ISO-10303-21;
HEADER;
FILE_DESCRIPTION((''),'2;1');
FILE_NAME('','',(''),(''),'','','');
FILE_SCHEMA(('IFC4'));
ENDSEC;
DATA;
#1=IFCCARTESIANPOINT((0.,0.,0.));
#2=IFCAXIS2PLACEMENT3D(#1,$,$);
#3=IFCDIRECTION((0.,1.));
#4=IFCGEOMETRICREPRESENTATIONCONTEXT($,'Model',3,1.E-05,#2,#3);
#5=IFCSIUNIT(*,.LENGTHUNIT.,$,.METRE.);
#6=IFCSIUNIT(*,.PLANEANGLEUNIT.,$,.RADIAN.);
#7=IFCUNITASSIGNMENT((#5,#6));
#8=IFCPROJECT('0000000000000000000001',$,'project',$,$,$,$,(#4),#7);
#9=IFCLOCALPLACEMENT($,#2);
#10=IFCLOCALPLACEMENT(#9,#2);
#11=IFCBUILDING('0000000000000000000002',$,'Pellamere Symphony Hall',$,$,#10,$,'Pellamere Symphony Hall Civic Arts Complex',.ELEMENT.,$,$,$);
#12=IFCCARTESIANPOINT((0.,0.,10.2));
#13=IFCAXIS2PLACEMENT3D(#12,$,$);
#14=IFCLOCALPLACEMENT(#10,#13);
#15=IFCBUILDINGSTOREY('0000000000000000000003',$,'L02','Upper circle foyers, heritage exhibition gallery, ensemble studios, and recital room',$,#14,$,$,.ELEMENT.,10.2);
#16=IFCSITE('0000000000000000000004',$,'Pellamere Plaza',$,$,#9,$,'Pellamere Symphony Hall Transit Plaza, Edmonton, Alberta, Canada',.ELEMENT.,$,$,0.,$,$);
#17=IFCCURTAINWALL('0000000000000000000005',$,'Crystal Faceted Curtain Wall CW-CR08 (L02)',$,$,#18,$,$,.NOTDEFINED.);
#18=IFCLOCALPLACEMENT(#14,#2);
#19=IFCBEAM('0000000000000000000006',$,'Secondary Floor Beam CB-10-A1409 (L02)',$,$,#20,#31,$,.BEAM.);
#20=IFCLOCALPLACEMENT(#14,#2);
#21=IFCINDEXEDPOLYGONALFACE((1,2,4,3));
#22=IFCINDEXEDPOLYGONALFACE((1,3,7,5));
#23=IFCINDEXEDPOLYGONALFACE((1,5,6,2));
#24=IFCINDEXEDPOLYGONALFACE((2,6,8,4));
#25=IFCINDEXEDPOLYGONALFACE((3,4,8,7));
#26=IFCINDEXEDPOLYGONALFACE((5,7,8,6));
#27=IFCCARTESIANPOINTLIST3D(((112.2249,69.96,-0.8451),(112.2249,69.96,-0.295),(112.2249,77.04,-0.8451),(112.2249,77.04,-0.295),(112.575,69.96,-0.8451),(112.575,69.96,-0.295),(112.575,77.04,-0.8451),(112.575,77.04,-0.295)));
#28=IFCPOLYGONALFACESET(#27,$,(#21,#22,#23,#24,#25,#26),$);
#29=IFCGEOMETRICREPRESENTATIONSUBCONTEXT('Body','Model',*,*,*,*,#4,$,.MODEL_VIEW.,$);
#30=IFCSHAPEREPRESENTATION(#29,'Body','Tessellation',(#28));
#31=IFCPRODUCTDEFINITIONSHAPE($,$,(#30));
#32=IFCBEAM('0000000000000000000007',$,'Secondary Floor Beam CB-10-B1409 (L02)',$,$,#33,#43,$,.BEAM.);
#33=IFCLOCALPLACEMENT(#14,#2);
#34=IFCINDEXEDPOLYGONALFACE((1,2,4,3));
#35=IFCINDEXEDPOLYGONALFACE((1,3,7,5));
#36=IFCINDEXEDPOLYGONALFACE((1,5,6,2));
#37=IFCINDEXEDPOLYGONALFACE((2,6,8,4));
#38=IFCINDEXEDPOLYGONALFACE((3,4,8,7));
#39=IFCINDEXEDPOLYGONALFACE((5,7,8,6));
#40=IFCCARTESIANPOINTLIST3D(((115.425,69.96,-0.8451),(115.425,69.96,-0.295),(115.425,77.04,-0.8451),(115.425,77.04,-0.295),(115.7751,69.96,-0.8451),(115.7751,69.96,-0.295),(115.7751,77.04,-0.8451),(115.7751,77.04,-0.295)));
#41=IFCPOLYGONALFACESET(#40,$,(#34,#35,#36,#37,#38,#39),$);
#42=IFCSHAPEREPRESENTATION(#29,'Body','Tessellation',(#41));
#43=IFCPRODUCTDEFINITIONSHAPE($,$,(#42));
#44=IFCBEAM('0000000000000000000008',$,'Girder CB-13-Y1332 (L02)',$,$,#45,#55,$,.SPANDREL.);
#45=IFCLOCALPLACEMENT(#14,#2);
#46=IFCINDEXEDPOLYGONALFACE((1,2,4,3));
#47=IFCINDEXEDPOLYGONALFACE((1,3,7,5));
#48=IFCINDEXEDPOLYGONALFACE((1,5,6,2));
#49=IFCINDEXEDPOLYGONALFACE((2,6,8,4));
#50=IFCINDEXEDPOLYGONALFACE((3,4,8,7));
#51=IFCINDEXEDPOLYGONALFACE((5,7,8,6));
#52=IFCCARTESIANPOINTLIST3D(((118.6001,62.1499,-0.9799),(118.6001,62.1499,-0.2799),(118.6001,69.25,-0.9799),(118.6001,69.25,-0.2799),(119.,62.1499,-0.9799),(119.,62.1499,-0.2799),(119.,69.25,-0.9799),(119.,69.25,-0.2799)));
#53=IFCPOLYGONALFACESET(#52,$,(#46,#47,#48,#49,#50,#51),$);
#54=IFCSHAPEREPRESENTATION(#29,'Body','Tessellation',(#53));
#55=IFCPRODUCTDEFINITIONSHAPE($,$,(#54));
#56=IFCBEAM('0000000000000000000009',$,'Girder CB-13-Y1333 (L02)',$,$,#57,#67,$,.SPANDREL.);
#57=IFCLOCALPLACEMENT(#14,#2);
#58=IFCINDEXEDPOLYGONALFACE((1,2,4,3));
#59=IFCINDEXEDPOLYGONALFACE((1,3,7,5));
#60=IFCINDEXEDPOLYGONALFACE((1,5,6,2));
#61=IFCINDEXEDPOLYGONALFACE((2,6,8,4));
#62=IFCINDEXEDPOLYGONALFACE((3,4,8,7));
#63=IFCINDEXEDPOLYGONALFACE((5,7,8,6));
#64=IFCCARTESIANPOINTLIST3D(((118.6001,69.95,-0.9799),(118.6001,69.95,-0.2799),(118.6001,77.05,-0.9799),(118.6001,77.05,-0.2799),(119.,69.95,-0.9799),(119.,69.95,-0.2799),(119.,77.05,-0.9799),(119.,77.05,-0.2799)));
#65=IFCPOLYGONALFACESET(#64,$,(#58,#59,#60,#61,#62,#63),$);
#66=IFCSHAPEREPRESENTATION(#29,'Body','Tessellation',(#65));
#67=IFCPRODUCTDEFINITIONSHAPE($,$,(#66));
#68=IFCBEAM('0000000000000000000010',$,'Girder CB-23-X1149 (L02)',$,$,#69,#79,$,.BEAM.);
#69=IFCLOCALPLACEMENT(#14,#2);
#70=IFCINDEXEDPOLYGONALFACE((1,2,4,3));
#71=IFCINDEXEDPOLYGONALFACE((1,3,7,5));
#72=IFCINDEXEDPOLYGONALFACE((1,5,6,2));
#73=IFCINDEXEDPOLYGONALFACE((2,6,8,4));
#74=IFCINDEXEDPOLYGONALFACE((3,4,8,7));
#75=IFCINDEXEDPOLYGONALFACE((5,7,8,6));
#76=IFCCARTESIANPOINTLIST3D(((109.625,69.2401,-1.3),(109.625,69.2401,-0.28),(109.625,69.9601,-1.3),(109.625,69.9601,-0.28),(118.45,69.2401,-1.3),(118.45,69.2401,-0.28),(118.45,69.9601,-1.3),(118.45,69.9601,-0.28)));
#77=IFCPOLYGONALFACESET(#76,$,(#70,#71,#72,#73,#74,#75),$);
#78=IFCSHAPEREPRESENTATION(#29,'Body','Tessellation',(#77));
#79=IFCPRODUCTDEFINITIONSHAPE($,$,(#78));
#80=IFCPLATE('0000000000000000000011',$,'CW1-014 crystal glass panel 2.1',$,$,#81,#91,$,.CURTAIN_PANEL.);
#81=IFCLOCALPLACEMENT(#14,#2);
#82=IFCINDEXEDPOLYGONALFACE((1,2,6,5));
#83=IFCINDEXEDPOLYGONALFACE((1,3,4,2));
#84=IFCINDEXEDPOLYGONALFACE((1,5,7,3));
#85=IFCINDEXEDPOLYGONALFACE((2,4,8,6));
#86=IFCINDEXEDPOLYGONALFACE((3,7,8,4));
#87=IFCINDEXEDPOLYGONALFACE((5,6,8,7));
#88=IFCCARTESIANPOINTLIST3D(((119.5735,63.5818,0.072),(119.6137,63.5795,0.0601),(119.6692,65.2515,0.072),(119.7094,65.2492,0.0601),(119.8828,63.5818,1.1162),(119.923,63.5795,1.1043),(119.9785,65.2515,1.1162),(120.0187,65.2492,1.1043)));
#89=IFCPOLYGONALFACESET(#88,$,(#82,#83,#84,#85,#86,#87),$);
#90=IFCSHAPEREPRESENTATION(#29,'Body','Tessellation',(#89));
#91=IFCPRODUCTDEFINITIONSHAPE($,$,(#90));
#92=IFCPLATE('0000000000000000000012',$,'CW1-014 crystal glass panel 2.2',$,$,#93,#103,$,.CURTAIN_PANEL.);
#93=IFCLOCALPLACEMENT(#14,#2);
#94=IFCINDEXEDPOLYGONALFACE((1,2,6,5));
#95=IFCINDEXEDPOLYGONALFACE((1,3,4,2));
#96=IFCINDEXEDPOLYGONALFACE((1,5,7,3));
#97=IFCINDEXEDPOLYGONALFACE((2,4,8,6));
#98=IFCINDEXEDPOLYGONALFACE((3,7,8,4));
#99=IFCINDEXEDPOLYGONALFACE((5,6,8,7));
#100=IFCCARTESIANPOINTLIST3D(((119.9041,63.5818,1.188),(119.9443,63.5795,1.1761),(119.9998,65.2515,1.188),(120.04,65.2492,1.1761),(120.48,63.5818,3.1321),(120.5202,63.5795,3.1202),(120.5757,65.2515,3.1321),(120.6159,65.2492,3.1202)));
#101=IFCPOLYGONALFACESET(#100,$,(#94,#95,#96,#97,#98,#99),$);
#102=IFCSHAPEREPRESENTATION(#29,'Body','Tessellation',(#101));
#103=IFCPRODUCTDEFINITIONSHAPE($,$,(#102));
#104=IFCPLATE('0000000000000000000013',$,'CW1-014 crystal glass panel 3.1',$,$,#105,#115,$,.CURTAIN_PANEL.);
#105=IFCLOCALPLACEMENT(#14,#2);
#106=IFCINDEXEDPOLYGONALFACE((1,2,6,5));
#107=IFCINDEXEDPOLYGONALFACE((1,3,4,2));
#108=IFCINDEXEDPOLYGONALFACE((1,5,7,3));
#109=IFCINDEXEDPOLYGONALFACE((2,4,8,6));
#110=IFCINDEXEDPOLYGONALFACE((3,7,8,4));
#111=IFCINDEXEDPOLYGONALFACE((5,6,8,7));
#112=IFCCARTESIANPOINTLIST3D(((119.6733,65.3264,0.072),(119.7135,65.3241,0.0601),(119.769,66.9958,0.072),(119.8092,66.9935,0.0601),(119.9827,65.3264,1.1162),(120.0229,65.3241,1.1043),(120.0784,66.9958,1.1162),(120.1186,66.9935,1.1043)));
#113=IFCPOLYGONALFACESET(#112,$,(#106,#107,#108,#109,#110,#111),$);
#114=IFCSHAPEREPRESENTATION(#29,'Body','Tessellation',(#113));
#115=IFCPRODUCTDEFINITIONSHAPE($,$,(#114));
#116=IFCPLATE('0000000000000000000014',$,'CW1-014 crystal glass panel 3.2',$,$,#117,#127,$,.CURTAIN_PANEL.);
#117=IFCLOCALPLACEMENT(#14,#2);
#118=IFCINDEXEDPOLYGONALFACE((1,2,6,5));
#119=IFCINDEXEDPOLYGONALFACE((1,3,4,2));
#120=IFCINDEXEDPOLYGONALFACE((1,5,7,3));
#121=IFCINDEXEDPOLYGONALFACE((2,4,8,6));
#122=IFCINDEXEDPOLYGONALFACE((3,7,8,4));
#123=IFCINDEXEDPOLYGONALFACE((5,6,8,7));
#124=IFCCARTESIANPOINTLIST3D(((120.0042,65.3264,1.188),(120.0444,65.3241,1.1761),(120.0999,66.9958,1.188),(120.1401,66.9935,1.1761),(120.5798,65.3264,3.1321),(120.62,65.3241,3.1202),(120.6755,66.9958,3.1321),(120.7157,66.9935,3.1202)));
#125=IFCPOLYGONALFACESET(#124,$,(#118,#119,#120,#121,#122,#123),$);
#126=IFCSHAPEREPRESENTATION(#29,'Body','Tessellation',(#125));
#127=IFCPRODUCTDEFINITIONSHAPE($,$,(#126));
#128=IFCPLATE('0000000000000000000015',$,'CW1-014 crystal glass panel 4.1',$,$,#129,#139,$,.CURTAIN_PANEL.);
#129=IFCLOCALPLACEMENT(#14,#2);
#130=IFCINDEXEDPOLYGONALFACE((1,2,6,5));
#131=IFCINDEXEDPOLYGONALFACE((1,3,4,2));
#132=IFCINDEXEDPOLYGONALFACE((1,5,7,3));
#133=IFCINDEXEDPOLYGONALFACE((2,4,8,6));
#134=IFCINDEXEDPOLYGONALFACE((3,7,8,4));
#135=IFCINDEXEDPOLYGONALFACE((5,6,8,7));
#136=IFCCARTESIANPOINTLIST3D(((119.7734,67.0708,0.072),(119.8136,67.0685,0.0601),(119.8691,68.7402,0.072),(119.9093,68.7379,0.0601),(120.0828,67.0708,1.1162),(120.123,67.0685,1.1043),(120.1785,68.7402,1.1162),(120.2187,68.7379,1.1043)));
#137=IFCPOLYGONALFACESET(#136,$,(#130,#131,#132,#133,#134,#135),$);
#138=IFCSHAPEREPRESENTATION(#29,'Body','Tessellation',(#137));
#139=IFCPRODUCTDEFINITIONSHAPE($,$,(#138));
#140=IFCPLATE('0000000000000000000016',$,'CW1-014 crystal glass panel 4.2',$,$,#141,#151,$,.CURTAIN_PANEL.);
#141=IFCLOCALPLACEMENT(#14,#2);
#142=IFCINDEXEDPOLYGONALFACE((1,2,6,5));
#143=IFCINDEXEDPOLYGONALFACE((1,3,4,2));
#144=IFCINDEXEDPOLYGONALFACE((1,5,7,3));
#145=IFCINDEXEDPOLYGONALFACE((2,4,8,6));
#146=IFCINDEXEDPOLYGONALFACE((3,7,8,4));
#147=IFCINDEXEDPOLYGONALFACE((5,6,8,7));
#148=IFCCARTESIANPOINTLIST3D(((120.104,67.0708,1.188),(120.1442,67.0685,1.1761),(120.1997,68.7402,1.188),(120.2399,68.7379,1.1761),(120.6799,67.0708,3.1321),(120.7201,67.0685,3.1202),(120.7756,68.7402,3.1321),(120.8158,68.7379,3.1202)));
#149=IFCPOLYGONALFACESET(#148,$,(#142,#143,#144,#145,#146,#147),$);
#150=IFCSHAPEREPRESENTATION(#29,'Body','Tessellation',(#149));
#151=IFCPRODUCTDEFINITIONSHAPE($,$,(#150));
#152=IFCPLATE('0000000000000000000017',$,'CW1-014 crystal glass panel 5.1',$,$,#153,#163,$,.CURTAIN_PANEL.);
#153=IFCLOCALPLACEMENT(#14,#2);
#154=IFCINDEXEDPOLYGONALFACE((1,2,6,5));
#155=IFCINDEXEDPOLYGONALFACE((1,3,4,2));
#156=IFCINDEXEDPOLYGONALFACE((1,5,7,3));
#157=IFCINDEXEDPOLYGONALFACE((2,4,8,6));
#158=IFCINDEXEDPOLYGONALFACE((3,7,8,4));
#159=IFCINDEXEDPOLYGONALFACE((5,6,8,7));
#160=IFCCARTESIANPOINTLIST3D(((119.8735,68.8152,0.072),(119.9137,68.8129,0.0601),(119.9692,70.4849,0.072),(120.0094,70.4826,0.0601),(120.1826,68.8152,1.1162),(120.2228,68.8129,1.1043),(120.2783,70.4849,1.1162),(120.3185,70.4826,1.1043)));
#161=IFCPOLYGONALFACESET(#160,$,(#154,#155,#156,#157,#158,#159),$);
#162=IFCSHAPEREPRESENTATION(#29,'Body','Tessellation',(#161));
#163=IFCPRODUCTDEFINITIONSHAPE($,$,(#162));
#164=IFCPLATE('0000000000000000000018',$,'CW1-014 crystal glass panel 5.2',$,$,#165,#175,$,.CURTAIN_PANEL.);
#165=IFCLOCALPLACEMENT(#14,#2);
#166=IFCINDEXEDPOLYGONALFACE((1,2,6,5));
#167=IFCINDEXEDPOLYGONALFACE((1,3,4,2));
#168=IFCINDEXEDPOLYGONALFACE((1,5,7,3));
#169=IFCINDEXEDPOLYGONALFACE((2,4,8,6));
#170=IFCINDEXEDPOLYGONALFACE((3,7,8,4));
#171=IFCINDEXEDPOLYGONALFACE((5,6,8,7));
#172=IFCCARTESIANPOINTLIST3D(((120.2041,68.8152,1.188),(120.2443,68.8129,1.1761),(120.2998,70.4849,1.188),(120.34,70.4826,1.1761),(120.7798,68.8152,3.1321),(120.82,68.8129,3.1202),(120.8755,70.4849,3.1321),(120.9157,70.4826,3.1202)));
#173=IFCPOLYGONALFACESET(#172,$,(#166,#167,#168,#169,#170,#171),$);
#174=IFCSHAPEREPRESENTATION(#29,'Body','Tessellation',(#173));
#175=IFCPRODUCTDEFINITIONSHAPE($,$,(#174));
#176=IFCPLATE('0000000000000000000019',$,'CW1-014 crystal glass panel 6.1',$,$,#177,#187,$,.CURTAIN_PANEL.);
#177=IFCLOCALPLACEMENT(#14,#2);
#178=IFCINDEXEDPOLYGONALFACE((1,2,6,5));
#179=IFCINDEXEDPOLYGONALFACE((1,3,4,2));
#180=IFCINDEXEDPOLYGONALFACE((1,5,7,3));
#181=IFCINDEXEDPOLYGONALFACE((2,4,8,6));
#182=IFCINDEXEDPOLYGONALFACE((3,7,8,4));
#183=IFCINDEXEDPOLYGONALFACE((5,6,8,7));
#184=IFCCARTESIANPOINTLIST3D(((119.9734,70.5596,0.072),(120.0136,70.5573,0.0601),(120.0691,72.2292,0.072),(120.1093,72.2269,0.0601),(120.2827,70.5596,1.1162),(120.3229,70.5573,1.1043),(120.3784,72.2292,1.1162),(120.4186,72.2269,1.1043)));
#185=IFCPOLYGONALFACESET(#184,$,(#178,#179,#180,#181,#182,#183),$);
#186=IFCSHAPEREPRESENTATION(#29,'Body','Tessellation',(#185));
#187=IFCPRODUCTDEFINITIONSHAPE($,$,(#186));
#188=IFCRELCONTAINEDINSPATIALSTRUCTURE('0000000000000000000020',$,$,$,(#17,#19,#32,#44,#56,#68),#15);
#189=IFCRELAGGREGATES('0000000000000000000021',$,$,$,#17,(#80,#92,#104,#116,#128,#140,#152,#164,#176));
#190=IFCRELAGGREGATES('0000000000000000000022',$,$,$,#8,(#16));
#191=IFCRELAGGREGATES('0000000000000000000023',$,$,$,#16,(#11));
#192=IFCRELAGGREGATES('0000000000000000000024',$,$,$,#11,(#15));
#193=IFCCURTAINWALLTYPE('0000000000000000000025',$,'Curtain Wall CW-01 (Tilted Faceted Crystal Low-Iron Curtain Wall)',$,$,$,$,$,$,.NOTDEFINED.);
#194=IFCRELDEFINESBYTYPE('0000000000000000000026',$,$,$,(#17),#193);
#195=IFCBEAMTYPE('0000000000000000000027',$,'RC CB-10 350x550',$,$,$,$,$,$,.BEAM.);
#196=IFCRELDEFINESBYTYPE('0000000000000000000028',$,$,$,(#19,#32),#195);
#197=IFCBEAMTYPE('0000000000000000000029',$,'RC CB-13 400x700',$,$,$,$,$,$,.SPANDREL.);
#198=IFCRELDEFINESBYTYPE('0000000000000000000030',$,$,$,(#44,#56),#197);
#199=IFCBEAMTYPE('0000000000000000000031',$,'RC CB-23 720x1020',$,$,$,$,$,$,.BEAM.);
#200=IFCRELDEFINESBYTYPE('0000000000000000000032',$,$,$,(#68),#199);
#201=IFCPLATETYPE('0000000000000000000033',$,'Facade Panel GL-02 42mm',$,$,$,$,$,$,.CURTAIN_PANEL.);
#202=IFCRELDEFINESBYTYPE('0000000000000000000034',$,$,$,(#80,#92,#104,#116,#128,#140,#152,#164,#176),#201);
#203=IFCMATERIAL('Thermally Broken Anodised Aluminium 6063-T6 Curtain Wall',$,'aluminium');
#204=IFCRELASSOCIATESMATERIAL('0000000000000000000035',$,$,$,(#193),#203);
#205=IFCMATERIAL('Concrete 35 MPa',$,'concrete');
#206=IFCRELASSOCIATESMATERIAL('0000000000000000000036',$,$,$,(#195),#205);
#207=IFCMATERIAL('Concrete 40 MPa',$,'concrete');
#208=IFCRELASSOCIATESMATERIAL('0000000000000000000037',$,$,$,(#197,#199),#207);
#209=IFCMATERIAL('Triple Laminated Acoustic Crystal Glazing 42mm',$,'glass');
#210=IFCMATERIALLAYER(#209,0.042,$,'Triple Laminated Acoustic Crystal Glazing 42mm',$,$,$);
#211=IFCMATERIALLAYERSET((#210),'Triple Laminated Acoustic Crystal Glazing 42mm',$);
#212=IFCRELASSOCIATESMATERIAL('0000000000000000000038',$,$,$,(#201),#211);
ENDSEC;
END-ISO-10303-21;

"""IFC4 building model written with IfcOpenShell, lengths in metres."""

from ifc_helpers import new_model, si_unit, direction, frame, origin, origin_2d, place, context, subcontext, project, spatial, polyline, rectangle, outline, extrude, material, layer, layer_set, material_profile, profile_set, type_object, element, aggregate, save


model = new_model("IFC4")

# Units and contexts
model_context = context("Model", 3, precision=1e-05, world=origin(), true_north=direction((0.0, 1.0)))
body_context = subcontext(model_context, "Body", "Model", "MODEL_VIEW")
ifc_project = project(units=[si_unit("LENGTHUNIT", "METRE"), si_unit("PLANEANGLEUNIT", "RADIAN")], contexts=[model_context])

# Site, building, storey
site_placement = place(None, origin())
site = spatial("IfcSite", under=ifc_project, at=site_placement, Name="Pellamere Plaza", LongName="Pellamere Symphony Hall Transit Plaza, Edmonton, Alberta, Canada", CompositionType="ELEMENT", RefElevation=0.0)
building_placement = place(site_placement, origin())
building = spatial("IfcBuilding", under=site, at=building_placement, Name="Pellamere Symphony Hall", LongName="Pellamere Symphony Hall Civic Arts Complex", CompositionType="ELEMENT")
storey_placement = place(building_placement, frame((0.0, 0.0, 10.2)))
storey = spatial("IfcBuildingStorey", under=building, at=storey_placement, Name="L02", Description="Upper circle foyers, heritage exhibition gallery, ensemble studios, and recital room", CompositionType="ELEMENT", Elevation=10.2)

# Shared definitions
ifc_material_1 = material(Name="Concrete 40 MPa", Category="concrete")

# Curtain wall
ifc_material_2 = material(Name="Thermally Broken Anodised Aluminium 6063-T6 Curtain Wall", Category="aluminium")
curtain_wall_type = type_object("IfcCurtainWallType", Name="Curtain Wall CW-01 (Tilted Faceted Crystal Low-Iron Curtain Wall)", PredefinedType="NOTDEFINED", material=ifc_material_2)
curtain_wall_placement = place(storey_placement, origin())
curtain_wall = element("IfcCurtainWall", 1, at=curtain_wall_placement, inside=storey, type_object=curtain_wall_type, Name="Crystal Faceted Curtain Wall CW-CR08 (L02)", PredefinedType="NOTDEFINED")

# Beams
ifc_material_3 = material(Name="Concrete 35 MPa", Category="concrete")
ifc_material_profile_1 = material_profile(ifc_material_3, rectangle(XDim=0.3501, YDim=0.55, at=origin_2d()), Name="RC 350x550")
ifc_profile_set_1 = profile_set([ifc_material_profile_1], Name="Concrete 35 MPa")
beam_type_1 = type_object("IfcBeamType", Name="RC CB-10 350x550", PredefinedType="BEAM", material=ifc_profile_set_1)
for number, where, z_axis, x_axis, name in (
    (2, (112.3999, 69.96, -0.5701), (0.0, 1.0, 0.0), (-1.0, 0.0, 0.0), "Secondary Floor Beam CB-10-A1409 (L02)"),
    (3, (115.6001, 69.96, -0.5701), (0.0, 1.0, 0.0), (-1.0, 0.0, 0.0), "Secondary Floor Beam CB-10-B1409 (L02)"),
):
    element("IfcBeam", number, at=place(storey_placement, frame(where, z_axis=z_axis, x_axis=x_axis)), inside=storey, type_object=beam_type_1, Name=name, PredefinedType="BEAM", context=body_context, shape_type="SweptSolid", body=[
        extrude(rectangle(XDim=0.3501, YDim=0.55, at=origin_2d()), origin(), (0.0, 0.0, 1.0), 7.0801),
    ])
ifc_material_profile_2 = material_profile(ifc_material_1, rectangle(XDim=0.3999, YDim=0.7, at=origin_2d()), Name="RC 400x700")
ifc_profile_set_2 = profile_set([ifc_material_profile_2], Name="Concrete 40 MPa")
beam_type_2 = type_object("IfcBeamType", Name="RC CB-13 400x700", PredefinedType="SPANDREL", material=ifc_profile_set_2)
for number, where, z_axis, x_axis, name in (
    (4, (118.8, 62.1499, -0.6299), (0.0, 1.0, 0.0), (-1.0, 0.0, 0.0), "Girder CB-13-Y1332 (L02)"),
    (5, (118.8, 69.95, -0.6299), (0.0, 1.0, 0.0), (-1.0, 0.0, 0.0), "Girder CB-13-Y1333 (L02)"),
):
    element("IfcBeam", number, at=place(storey_placement, frame(where, z_axis=z_axis, x_axis=x_axis)), inside=storey, type_object=beam_type_2, Name=name, PredefinedType="SPANDREL", context=body_context, shape_type="SweptSolid", body=[
        extrude(rectangle(XDim=0.3999, YDim=0.7, at=origin_2d()), origin(), (0.0, 0.0, 1.0), 7.1001),
    ])
ifc_material_profile_3 = material_profile(ifc_material_1, rectangle(XDim=0.72, YDim=1.02, at=origin_2d()), Name="RC 720x1020")
ifc_profile_set_3 = profile_set([ifc_material_profile_3], Name="Concrete 40 MPa")
beam_type_3 = type_object("IfcBeamType", Name="RC CB-23 720x1020", PredefinedType="BEAM", material=ifc_profile_set_3)
beam_1_placement = place(storey_placement, frame((109.625, 69.6001, -0.79), z_axis=(1.0, 0.0, 0.0), x_axis=(0.0, 1.0, 0.0)))
element("IfcBeam", 6, at=beam_1_placement, inside=storey, type_object=beam_type_3, Name="Girder CB-23-X1149 (L02)", PredefinedType="BEAM", context=body_context, shape_type="SweptSolid", body=[
    extrude(rectangle(XDim=0.72, YDim=1.02, at=origin_2d()), origin(), (0.0, 0.0, 1.0), 8.825),
])

# Plates
ifc_material_4 = material(Name="Triple Laminated Acoustic Crystal Glazing 42mm", Category="glass")
ifc_layer = layer(ifc_material_4, 0.042, Name="Triple Laminated Acoustic Crystal Glazing 42mm")
ifc_layer_set = layer_set([ifc_layer], Name="Triple Laminated Acoustic Crystal Glazing 42mm")
plate_type = type_object("IfcPlateType", Name="Facade Panel GL-02 42mm", PredefinedType="CURTAIN_PANEL", material=ifc_layer_set)
plate_1_placement = place(storey_placement, frame((119.5735, 63.5818, 0.072), z_axis=(-0.957369, 0.054875, 0.283607), x_axis=(0.057224, 0.998361, 0.0)))
plate_1 = element("IfcPlate", 7, at=plate_1_placement, type_object=plate_type, Name="CW1-014 crystal glass panel 2.1", PredefinedType="CURTAIN_PANEL", context=body_context, shape_type="SweptSolid", body=[
    extrude(outline(polyline([(0.0, 0.0), (1.6724, 0.0), (1.6901, -1.0889), (0.0177, -1.0889), (0.0, 0.0)])), origin(), (0.0, 0.0, -1.0), 0.042),
])
plate_2_placement = place(storey_placement, frame((119.9041, 63.5818, 1.188), z_axis=(-0.957367, 0.054875, 0.283615), x_axis=(0.057224, 0.998361, 0.0)))
plate_2 = element("IfcPlate", 8, at=plate_2_placement, type_object=plate_type, Name="CW1-014 crystal glass panel 2.2", PredefinedType="CURTAIN_PANEL", context=body_context, shape_type="SweptSolid", body=[
    extrude(outline(polyline([(0.0, 0.0), (1.6724, 0.0), (1.7054, -2.0273), (0.033, -2.0273), (0.0, 0.0)])), origin(), (0.0, 0.0, -1.0), 0.042),
])
plate_3_placement = place(storey_placement, frame((119.6733, 65.3264, 0.072), z_axis=(-0.957369, 0.054883, 0.283607), x_axis=(0.057233, 0.998361, 0.0)))
plate_3 = element("IfcPlate", 9, at=plate_3_placement, type_object=plate_type, Name="CW1-014 crystal glass panel 3.1", PredefinedType="CURTAIN_PANEL", context=body_context, shape_type="SweptSolid", body=[
    extrude(outline(polyline([(0.0, 0.0), (1.6722, 0.0), (1.6899, -1.0889), (0.0177, -1.0889), (0.0, 0.0)])), origin(), (0.0, 0.0, -1.0), 0.042),
])
plate_4_placement = place(storey_placement, frame((120.0042, 65.3264, 1.188), z_axis=(-0.957399, 0.054885, 0.283505), x_axis=(0.057233, 0.998361, 0.0)))
plate_4 = element("IfcPlate", 10, at=plate_4_placement, type_object=plate_type, Name="CW1-014 crystal glass panel 3.2", PredefinedType="CURTAIN_PANEL", context=body_context, shape_type="SweptSolid", body=[
    extrude(outline(polyline([(0.0, 0.0), (1.6722, 0.0), (1.7051, -2.0273), (0.0329, -2.0273), (0.0, 0.0)])), origin(), (0.0, 0.0, -1.0), 0.042),
])
plate_5_placement = place(storey_placement, frame((119.7734, 67.0708, 0.072), z_axis=(-0.957369, 0.054883, 0.283607), x_axis=(0.057233, 0.998361, 0.0)))
plate_5 = element("IfcPlate", 11, at=plate_5_placement, type_object=plate_type, Name="CW1-014 crystal glass panel 4.1", PredefinedType="CURTAIN_PANEL", context=body_context, shape_type="SweptSolid", body=[
    extrude(outline(polyline([(0.0, 0.0), (1.6722, 0.0), (1.6899, -1.0889), (0.0177, -1.0889), (0.0, 0.0)])), origin(), (0.0, 0.0, -1.0), 0.042),
])
plate_6_placement = place(storey_placement, frame((120.104, 67.0708, 1.188), z_axis=(-0.957366, 0.054883, 0.283615), x_axis=(0.057233, 0.998361, 0.0)))
plate_6 = element("IfcPlate", 12, at=plate_6_placement, type_object=plate_type, Name="CW1-014 crystal glass panel 4.2", PredefinedType="CURTAIN_PANEL", context=body_context, shape_type="SweptSolid", body=[
    extrude(outline(polyline([(0.0, 0.0), (1.6722, 0.0), (1.7051, -2.0273), (0.033, -2.0273), (0.0, 0.0)])), origin(), (0.0, 0.0, -1.0), 0.042),
])
plate_7_placement = place(storey_placement, frame((119.8735, 68.8152, 0.072), z_axis=(-0.95743, 0.054878, 0.283401), x_axis=(0.057224, 0.998361, 0.0)))
plate_7 = element("IfcPlate", 13, at=plate_7_placement, type_object=plate_type, Name="CW1-014 crystal glass panel 5.1", PredefinedType="CURTAIN_PANEL", context=body_context, shape_type="SweptSolid", body=[
    extrude(outline(polyline([(0.0, 0.0), (1.6724, 0.0), (1.6901, -1.0888), (0.0177, -1.0888), (0.0, 0.0)])), origin(), (0.0, 0.0, -1.0), 0.042),
])
plate_8_placement = place(storey_placement, frame((120.2041, 68.8152, 1.188), z_axis=(-0.957399, 0.054877, 0.283505), x_axis=(0.057224, 0.998361, 0.0)))
plate_8 = element("IfcPlate", 14, at=plate_8_placement, type_object=plate_type, Name="CW1-014 crystal glass panel 5.2", PredefinedType="CURTAIN_PANEL", context=body_context, shape_type="SweptSolid", body=[
    extrude(outline(polyline([(0.0, 0.0), (1.6724, 0.0), (1.7054, -2.0273), (0.0329, -2.0273), (0.0, 0.0)])), origin(), (0.0, 0.0, -1.0), 0.042),
])
plate_9_placement = place(storey_placement, frame((119.9734, 70.5596, 0.072), z_axis=(-0.957369, 0.054875, 0.283607), x_axis=(0.057224, 0.998361, 0.0)))
plate_9 = element("IfcPlate", 15, at=plate_9_placement, type_object=plate_type, Name="CW1-014 crystal glass panel 6.1", PredefinedType="CURTAIN_PANEL", context=body_context, shape_type="SweptSolid", body=[
    extrude(outline(polyline([(0.0, 0.0), (1.6724, 0.0), (1.6901, -1.0889), (0.0177, -1.0889), (0.0, 0.0)])), origin(), (0.0, 0.0, -1.0), 0.042),
])
aggregate(curtain_wall, [plate_1, plate_2, plate_3, plate_4, plate_5, plate_6, plate_7, plate_8, plate_9])

save(model, "model.ifc")
